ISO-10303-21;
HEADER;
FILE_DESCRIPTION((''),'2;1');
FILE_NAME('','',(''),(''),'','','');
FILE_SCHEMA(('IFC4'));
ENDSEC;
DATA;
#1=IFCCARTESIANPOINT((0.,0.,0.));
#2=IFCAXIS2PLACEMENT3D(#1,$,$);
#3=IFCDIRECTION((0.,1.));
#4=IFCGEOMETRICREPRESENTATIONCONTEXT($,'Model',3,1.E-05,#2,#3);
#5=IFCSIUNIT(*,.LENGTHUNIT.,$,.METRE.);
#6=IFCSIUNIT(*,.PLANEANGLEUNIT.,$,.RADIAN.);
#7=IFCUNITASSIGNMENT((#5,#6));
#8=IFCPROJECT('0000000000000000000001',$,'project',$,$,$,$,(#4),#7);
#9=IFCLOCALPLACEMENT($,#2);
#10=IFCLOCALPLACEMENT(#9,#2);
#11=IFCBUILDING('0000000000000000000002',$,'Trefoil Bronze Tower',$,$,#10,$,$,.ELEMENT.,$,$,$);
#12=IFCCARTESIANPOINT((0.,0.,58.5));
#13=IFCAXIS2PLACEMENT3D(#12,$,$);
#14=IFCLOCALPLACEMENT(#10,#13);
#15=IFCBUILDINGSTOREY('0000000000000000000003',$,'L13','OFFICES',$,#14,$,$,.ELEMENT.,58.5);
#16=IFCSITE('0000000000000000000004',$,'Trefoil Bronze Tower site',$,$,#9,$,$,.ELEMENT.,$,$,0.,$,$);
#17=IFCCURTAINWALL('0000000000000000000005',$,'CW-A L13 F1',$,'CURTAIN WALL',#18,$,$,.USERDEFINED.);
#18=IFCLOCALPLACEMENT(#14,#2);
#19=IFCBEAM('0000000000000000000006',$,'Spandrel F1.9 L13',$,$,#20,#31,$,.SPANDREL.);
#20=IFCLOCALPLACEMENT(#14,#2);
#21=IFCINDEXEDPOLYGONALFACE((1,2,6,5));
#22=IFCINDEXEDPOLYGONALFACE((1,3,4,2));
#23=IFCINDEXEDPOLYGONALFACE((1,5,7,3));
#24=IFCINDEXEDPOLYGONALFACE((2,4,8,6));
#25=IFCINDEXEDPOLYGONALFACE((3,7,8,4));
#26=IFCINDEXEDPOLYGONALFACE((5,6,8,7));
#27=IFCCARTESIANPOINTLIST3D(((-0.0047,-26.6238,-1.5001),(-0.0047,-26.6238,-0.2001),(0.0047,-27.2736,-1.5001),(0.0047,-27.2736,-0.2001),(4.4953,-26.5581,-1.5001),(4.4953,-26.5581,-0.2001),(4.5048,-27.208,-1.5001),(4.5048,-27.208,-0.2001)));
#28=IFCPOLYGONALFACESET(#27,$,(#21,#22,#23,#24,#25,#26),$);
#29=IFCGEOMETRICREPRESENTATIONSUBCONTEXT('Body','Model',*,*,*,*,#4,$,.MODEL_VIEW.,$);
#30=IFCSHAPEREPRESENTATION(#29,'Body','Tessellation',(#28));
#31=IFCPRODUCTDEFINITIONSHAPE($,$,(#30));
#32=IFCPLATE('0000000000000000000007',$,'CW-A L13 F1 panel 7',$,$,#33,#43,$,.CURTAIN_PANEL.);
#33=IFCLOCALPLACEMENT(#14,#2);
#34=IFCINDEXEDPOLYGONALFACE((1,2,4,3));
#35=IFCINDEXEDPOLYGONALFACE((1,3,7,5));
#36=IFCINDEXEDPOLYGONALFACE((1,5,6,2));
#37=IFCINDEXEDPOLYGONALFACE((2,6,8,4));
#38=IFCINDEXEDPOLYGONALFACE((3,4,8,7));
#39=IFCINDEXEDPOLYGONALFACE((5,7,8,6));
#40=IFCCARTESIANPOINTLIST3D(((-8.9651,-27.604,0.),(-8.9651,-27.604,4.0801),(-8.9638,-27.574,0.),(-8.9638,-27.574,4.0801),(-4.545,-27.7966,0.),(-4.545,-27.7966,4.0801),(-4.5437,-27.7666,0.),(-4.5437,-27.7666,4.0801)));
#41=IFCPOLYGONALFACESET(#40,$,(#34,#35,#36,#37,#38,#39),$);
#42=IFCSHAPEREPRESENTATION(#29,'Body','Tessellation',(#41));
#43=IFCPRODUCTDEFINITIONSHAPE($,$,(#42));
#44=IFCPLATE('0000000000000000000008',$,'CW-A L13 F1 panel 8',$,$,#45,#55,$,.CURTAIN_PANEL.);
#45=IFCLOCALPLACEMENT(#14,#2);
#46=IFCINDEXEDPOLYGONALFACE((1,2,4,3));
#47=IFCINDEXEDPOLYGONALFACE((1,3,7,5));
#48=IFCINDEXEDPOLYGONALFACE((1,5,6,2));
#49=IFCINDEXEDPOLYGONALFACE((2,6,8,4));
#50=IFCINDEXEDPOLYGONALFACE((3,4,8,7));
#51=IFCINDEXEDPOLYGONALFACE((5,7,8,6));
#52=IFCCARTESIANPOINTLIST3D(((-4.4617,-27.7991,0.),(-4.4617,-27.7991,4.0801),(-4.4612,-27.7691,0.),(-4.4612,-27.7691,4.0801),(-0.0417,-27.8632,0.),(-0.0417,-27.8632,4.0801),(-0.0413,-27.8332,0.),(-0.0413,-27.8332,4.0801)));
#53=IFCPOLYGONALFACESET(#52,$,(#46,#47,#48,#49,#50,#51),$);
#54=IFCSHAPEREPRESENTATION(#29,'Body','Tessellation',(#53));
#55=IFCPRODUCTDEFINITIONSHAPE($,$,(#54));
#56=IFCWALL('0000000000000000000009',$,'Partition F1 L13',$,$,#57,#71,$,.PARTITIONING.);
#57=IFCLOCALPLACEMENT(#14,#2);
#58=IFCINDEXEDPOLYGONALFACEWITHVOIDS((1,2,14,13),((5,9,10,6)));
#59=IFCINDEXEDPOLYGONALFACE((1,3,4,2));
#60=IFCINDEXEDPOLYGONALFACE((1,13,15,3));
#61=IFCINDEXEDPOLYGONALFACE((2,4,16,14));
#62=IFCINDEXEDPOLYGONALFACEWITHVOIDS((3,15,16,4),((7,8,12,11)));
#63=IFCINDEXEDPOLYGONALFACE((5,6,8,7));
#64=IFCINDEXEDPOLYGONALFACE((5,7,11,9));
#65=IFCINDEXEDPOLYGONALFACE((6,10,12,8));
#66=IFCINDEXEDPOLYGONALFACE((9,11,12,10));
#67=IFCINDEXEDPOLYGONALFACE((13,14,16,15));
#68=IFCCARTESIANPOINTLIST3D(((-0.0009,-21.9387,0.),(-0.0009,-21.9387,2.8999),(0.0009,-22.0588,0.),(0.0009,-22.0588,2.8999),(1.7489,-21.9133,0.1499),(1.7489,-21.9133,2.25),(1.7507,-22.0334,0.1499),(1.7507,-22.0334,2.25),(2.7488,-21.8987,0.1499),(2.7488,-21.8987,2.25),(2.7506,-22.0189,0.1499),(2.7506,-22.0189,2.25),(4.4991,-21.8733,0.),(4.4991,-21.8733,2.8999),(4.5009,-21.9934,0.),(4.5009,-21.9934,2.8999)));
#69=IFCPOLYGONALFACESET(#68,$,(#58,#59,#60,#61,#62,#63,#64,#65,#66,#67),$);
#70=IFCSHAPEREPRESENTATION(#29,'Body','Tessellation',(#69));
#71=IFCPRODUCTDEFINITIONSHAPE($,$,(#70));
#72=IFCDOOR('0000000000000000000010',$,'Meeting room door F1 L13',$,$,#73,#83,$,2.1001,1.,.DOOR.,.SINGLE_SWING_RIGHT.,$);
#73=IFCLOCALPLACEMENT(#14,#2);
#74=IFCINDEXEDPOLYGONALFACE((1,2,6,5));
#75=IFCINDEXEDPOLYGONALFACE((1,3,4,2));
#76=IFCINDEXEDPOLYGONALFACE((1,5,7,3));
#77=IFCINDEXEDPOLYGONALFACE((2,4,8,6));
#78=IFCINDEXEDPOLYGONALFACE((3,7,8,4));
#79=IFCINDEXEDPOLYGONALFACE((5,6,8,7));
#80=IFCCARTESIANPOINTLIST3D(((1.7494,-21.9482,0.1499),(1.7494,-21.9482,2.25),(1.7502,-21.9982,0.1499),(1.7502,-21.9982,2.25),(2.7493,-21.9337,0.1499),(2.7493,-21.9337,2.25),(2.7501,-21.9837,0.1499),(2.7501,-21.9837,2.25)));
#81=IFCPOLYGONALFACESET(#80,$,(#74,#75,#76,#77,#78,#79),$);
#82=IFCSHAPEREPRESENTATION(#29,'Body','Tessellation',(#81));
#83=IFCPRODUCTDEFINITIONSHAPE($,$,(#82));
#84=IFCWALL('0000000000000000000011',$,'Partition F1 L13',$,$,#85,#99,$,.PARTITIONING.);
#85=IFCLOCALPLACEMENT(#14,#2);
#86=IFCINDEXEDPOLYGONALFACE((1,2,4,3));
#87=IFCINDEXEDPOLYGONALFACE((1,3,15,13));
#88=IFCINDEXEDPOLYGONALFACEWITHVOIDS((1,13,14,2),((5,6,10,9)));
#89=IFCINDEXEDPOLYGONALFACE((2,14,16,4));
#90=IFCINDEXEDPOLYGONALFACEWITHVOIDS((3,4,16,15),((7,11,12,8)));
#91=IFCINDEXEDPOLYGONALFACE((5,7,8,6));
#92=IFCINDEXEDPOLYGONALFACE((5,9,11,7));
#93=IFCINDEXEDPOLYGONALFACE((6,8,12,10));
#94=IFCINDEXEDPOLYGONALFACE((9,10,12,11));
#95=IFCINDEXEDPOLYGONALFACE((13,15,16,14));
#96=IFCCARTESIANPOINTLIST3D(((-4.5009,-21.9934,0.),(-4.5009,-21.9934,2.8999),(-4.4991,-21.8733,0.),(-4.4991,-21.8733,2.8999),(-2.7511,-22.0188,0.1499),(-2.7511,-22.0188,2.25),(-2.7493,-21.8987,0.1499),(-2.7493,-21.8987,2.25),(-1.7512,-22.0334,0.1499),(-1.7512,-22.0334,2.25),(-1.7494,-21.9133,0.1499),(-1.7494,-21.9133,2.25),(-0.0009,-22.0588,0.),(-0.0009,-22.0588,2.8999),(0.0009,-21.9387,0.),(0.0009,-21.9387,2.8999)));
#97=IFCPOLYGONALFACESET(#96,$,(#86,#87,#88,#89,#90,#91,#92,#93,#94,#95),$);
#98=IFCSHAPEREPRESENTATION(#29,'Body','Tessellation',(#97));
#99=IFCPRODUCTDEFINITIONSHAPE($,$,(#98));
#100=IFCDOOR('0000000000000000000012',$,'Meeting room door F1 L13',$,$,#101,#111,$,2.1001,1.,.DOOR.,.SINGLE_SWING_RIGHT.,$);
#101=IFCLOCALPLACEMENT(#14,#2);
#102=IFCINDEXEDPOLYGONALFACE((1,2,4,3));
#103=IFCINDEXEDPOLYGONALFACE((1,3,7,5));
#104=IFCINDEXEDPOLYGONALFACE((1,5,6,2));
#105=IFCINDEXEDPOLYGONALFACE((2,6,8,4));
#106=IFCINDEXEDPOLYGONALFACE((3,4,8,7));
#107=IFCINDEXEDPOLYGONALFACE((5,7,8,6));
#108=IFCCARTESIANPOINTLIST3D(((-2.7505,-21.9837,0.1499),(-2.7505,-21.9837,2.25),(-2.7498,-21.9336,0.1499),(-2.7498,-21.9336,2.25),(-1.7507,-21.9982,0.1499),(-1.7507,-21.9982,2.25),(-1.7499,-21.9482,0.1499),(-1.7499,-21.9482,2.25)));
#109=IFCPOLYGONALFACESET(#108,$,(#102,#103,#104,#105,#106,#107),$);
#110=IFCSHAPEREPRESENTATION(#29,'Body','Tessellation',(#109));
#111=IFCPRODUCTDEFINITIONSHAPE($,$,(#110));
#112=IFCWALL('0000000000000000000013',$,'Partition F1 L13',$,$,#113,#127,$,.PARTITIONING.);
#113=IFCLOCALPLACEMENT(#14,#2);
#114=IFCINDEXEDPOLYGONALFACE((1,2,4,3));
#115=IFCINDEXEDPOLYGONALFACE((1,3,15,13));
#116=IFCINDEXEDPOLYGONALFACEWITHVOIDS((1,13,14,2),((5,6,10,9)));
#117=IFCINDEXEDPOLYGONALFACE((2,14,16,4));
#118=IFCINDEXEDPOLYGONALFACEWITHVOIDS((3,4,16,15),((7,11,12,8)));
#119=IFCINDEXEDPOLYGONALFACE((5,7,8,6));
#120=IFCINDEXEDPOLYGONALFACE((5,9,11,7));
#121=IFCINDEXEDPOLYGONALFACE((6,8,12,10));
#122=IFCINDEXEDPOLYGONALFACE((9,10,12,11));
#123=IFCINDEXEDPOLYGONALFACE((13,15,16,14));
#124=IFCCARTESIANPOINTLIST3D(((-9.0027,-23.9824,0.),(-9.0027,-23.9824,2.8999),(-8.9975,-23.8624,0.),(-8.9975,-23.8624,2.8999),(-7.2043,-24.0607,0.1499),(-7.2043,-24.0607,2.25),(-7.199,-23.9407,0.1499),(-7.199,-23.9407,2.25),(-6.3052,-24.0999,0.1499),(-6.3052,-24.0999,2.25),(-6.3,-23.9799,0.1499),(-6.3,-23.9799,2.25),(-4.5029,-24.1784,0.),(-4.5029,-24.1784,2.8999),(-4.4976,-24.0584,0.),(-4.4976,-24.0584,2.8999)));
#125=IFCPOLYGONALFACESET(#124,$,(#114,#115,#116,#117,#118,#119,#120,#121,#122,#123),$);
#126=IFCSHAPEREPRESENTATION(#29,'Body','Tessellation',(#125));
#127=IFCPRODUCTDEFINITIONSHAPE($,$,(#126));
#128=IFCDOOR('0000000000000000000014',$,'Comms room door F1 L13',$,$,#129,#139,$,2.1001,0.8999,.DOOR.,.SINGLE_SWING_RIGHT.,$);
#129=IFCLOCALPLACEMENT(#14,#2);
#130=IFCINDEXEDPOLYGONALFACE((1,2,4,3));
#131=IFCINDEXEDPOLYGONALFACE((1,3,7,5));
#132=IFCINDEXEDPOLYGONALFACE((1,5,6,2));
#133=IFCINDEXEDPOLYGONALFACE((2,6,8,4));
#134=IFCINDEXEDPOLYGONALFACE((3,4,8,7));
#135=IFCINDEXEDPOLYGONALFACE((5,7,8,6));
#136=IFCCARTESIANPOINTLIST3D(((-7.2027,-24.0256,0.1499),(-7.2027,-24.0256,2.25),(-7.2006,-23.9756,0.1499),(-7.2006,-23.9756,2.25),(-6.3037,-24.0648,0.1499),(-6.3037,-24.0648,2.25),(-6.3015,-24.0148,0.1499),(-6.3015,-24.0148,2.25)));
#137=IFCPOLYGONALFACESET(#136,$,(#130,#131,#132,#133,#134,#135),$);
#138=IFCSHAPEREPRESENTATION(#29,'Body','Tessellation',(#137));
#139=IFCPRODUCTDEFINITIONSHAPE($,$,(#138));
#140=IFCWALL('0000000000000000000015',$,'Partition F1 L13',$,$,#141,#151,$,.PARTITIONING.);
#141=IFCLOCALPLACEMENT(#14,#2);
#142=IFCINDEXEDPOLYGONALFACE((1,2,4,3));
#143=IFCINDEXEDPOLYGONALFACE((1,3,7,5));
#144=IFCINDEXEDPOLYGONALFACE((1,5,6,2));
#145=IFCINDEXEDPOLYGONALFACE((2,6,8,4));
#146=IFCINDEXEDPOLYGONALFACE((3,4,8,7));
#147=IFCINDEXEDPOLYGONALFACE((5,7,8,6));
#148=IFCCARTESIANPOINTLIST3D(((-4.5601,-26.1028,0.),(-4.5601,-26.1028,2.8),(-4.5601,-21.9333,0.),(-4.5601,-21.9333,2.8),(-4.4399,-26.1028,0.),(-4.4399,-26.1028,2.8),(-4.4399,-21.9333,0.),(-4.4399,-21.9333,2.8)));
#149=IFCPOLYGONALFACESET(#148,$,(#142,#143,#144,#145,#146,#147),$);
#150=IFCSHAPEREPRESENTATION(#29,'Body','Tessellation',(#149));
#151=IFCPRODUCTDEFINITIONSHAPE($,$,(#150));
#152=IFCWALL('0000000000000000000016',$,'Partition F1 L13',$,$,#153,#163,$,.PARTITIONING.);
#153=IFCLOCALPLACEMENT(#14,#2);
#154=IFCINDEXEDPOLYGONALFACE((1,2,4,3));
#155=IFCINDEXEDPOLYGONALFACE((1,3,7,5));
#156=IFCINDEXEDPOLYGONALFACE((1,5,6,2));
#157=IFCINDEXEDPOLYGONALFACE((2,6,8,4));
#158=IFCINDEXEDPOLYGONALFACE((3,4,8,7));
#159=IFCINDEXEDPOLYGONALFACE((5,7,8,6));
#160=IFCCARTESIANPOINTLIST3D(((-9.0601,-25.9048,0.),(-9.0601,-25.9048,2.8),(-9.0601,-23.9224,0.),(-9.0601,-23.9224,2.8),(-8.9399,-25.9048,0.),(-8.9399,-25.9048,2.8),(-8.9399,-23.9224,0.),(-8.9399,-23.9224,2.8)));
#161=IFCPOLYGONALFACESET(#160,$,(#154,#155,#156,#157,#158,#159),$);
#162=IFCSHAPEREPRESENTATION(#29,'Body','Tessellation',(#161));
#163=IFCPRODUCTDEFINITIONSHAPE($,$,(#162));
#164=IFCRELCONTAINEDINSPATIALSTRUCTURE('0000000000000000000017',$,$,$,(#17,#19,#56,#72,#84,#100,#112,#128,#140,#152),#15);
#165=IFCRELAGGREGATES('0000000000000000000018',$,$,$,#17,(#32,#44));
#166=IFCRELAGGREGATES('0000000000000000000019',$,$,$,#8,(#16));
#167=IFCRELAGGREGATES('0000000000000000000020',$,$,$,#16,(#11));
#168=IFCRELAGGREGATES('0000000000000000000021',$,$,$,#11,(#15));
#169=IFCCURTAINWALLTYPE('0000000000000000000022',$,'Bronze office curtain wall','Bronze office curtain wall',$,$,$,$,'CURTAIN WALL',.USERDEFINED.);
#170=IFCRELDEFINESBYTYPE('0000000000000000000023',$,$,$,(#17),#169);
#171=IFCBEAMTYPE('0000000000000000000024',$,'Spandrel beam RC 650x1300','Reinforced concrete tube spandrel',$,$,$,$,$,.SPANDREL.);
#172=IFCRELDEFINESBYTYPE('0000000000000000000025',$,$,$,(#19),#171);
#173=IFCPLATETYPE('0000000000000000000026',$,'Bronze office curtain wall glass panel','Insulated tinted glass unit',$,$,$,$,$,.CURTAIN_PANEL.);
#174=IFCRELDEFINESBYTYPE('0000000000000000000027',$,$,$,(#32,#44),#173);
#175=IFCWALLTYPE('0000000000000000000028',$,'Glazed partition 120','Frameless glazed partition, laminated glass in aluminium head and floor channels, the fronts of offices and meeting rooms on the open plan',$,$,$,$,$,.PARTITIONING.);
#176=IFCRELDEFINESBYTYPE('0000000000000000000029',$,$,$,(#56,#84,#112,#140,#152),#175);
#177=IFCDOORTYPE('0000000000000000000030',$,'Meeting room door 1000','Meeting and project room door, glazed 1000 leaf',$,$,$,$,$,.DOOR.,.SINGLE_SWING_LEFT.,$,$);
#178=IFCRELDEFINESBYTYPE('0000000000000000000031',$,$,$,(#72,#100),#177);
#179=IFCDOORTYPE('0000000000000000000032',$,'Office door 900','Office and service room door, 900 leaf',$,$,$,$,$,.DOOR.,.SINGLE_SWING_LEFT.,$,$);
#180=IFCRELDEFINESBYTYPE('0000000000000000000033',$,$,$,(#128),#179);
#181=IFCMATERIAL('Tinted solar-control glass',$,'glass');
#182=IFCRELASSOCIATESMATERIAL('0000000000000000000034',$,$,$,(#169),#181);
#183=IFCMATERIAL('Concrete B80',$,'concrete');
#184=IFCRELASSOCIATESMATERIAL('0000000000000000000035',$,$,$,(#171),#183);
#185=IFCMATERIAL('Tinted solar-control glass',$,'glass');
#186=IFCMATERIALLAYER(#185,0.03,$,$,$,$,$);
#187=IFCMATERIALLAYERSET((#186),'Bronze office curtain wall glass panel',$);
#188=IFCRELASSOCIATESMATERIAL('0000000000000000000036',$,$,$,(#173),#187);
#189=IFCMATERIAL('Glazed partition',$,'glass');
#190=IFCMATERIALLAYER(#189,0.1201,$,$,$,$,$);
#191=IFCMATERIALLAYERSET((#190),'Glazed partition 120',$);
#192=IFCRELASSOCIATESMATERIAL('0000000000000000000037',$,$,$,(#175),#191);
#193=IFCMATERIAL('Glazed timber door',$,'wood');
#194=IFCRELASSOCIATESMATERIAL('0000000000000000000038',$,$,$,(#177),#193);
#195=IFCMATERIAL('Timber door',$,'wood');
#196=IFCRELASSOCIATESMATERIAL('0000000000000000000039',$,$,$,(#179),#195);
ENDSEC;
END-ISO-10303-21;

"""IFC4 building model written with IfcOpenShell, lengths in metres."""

from ifc_helpers import new_model, si_unit, direction, frame, frame_2d, origin, origin_2d, place, context, subcontext, project, spatial, rectangle, extrude, material, layer, layer_set, material_profile, profile_set, type_object, element, fill, aggregate, save


model = new_model("IFC4")

# Units and contexts
model_context = context("Model", 3, precision=1e-05, world=origin(), true_north=direction((0.0, 1.0)))
body_context = subcontext(model_context, "Body", "Model", "MODEL_VIEW")
ifc_project = project(units=[si_unit("LENGTHUNIT", "METRE"), si_unit("PLANEANGLEUNIT", "RADIAN")], contexts=[model_context])

# Site, building, storey
site_placement = place(None, origin())
site = spatial("IfcSite", under=ifc_project, at=site_placement, Name="Trefoil Bronze Tower site", CompositionType="ELEMENT", RefElevation=0.0)
building_placement = place(site_placement, origin())
building = spatial("IfcBuilding", under=site, at=building_placement, Name="Trefoil Bronze Tower", CompositionType="ELEMENT")
storey_placement = place(building_placement, frame((0.0, 0.0, 58.5)))
storey = spatial("IfcBuildingStorey", under=building, at=storey_placement, Name="L13", Description="OFFICES", CompositionType="ELEMENT", Elevation=58.5)

# Curtain wall
ifc_material_1 = material(Name="Tinted solar-control glass", Category="glass")
curtain_wall_type = type_object("IfcCurtainWallType", Name="Bronze office curtain wall", Description="Bronze office curtain wall", ElementType="CURTAIN WALL", PredefinedType="USERDEFINED", material=ifc_material_1)
curtain_wall_placement = place(storey_placement, origin())
curtain_wall = element("IfcCurtainWall", 1, at=curtain_wall_placement, inside=storey, type_object=curtain_wall_type, Name="CW-A L13 F1", ObjectType="CURTAIN WALL", PredefinedType="USERDEFINED")

# Beam
ifc_material_2 = material(Name="Concrete B80", Category="concrete")
ifc_material_profile_1 = material_profile(ifc_material_2, rectangle(XDim=0.6499, YDim=1.3, at=origin_2d()), Name="RC 650x1300")
ifc_profile_set_1 = profile_set([ifc_material_profile_1], Name="Concrete B80")
beam_type_1 = type_object("IfcBeamType", Name="Spandrel beam RC 650x1300", Description="Reinforced concrete tube spandrel", PredefinedType="SPANDREL", material=ifc_profile_set_1)
for number, where, z_axis, x_axis, name in (
    (2, (0.0, -26.9487, -0.8501), (0.999894, 0.014593, 0.0), (-0.014593, 0.999894, 0.0), "Spandrel F1.9 L13"),
):
    element("IfcBeam", number, at=place(storey_placement, frame(where, z_axis=z_axis, x_axis=x_axis)), inside=storey, type_object=beam_type_1, Name=name, PredefinedType="SPANDREL", context=body_context, shape_type="SweptSolid", body=[
        extrude(rectangle(XDim=0.6499, YDim=1.3, at=origin_2d()), origin(), (0.0, 0.0, 1.0), 4.5005),
    ])

# Plates
ifc_material_3 = material(Name="Tinted solar-control glass", Category="glass")
ifc_layer_1 = layer(ifc_material_3, 0.03)
ifc_layer_set_1 = layer_set([ifc_layer_1], Name="Bronze office curtain wall glass panel")
plate_type = type_object("IfcPlateType", Name="Bronze office curtain wall glass panel", Description="Insulated tinted glass unit", PredefinedType="CURTAIN_PANEL", material=ifc_layer_set_1)
plate_1_placement = place(storey_placement, frame((-6.7544, -27.6853, 0.0), z_axis=(0.0, 0.0, 1.0), x_axis=(0.999052, -0.043528, 0.0)))
plate_1 = element("IfcPlate", 3, at=plate_1_placement, type_object=plate_type, Name="CW-A L13 F1 panel 7", PredefinedType="CURTAIN_PANEL", context=body_context, shape_type="SweptSolid", body=[
    extrude(rectangle(XDim=4.4243, YDim=0.03, at=origin_2d()), origin(), (0.0, 0.0, 1.0), 4.0801),
])
plate_2_placement = place(storey_placement, frame((-2.2515, -27.8162, 0.0), z_axis=(0.0, 0.0, 1.0), x_axis=(0.999895, -0.014509, 0.0)))
plate_2 = element("IfcPlate", 4, at=plate_2_placement, type_object=plate_type, Name="CW-A L13 F1 panel 8", PredefinedType="CURTAIN_PANEL", context=body_context, shape_type="SweptSolid", body=[
    extrude(rectangle(XDim=4.4204, YDim=0.03, at=origin_2d()), origin(), (0.0, 0.0, 1.0), 4.0801),
])
aggregate(curtain_wall, [plate_1, plate_2])

# Walls, openings, doors
ifc_material_4 = material(Name="Glazed partition", Category="glass")
ifc_layer_2 = layer(ifc_material_4, 0.1201)
ifc_layer_set_2 = layer_set([ifc_layer_2], Name="Glazed partition 120")
wall_type = type_object("IfcWallType", Name="Glazed partition 120", Description="Frameless glazed partition, laminated glass in aluminium head and floor channels, the fronts of offices and meeting rooms on the open plan", PredefinedType="PARTITIONING", material=ifc_layer_set_2)
wall_1_placement = place(storey_placement, frame((0.0, -21.9988, 0.0), z_axis=(0.0, 0.0, 1.0), x_axis=(0.999894, 0.014538, 0.0)))
wall_1 = element("IfcWall", 5, at=wall_1_placement, inside=storey, type_object=wall_type, Name="Partition F1 L13", PredefinedType="PARTITIONING", context=body_context, shape_type="SweptSolid", body=[
    extrude(rectangle(XDim=4.5005, YDim=0.1201, at=frame_2d((2.2502, 0.0))), origin(), (0.0, 0.0, 1.0), 2.8999),
])
opening_1_placement = place(wall_1_placement, frame((1.75, 0.0, 0.1499)))
opening_1 = element("IfcOpeningElement", 6, at=opening_1_placement, cuts=wall_1, PredefinedType="OPENING", context=body_context, shape_type="SweptSolid", body=[
    extrude(rectangle(XDim=1.0, YDim=2.1001, at=frame_2d((0.5, 1.05))), frame((0.0, 0.0701, 0.0), z_axis=(0.0, -1.0, 0.0), x_axis=(1.0, 0.0, 0.0)), (0.0, 0.0, 1.0), 0.1401),
])
ifc_material_5 = material(Name="Glazed timber door", Category="wood")
door_type_1 = type_object("IfcDoorType", Name="Meeting room door 1000", Description="Meeting and project room door, glazed 1000 leaf", OperationType="SINGLE_SWING_LEFT", PredefinedType="DOOR", material=ifc_material_5)
door_1_placement = place(opening_1_placement, frame((1.0, 0.0, 0.0), z_axis=(0.0, 0.0, 1.0), x_axis=(-1.0, 0.0, 0.0)))
door_1 = element("IfcDoor", 7, at=door_1_placement, inside=storey, type_object=door_type_1, Name="Meeting room door F1 L13", OperationType="SINGLE_SWING_RIGHT", OverallHeight=2.1001, OverallWidth=1.0, PredefinedType="DOOR", context=body_context, shape_type="SweptSolid", body=[
    extrude(rectangle(XDim=1.0, YDim=2.1001, at=frame_2d((0.5, 1.05))), frame((0.0, 0.0249, 0.0), z_axis=(0.0, -1.0, 0.0), x_axis=(1.0, 0.0, 0.0)), (0.0, 0.0, 1.0), 0.05),
])
fill(opening_1, door_1)
wall_2_placement = place(storey_placement, frame((-4.5, -21.9333, 0.0), z_axis=(0.0, 0.0, 1.0), x_axis=(0.999894, -0.014538, 0.0)))
wall_2 = element("IfcWall", 8, at=wall_2_placement, inside=storey, type_object=wall_type, Name="Partition F1 L13", PredefinedType="PARTITIONING", context=body_context, shape_type="SweptSolid", body=[
    extrude(rectangle(XDim=4.5005, YDim=0.1201, at=frame_2d((2.2502, 0.0))), origin(), (0.0, 0.0, 1.0), 2.8999),
])
opening_2_placement = place(wall_2_placement, frame((1.75, 0.0, 0.1499)))
opening_2 = element("IfcOpeningElement", 9, at=opening_2_placement, cuts=wall_2, PredefinedType="OPENING", context=body_context, shape_type="SweptSolid", body=[
    extrude(rectangle(XDim=1.0, YDim=2.1001, at=frame_2d((0.5, 1.05))), frame((0.0, 0.0701, 0.0), z_axis=(0.0, -1.0, 0.0), x_axis=(1.0, 0.0, 0.0)), (0.0, 0.0, 1.0), 0.1401),
])
door_2_placement = place(opening_2_placement, frame((1.0, 0.0, 0.0), z_axis=(0.0, 0.0, 1.0), x_axis=(-1.0, 0.0, 0.0)))
door_2 = element("IfcDoor", 10, at=door_2_placement, inside=storey, type_object=door_type_1, Name="Meeting room door F1 L13", OperationType="SINGLE_SWING_RIGHT", OverallHeight=2.1001, OverallWidth=1.0, PredefinedType="DOOR", context=body_context, shape_type="SweptSolid", body=[
    extrude(rectangle(XDim=1.0, YDim=2.1001, at=frame_2d((0.5, 1.05))), frame((0.0, 0.0249, 0.0), z_axis=(0.0, -1.0, 0.0), x_axis=(1.0, 0.0, 0.0)), (0.0, 0.0, 1.0), 0.05),
])
fill(opening_2, door_2)
wall_3_placement = place(storey_placement, frame((-9.0, -23.9224, 0.0), z_axis=(0.0, 0.0, 1.0), x_axis=(0.999052, -0.043524, 0.0)))
wall_3 = element("IfcWall", 11, at=wall_3_placement, inside=storey, type_object=wall_type, Name="Partition F1 L13", PredefinedType="PARTITIONING", context=body_context, shape_type="SweptSolid", body=[
    extrude(rectangle(XDim=4.5042, YDim=0.1201, at=frame_2d((2.252, 0.0))), origin(), (0.0, 0.0, 1.0), 2.8999),
])
opening_3_placement = place(wall_3_placement, frame((1.8, 0.0, 0.1499)))
opening_3 = element("IfcOpeningElement", 12, at=opening_3_placement, cuts=wall_3, PredefinedType="OPENING", context=body_context, shape_type="SweptSolid", body=[
    extrude(rectangle(XDim=0.8999, YDim=2.1001, at=frame_2d((0.45, 1.05))), frame((0.0, 0.0701, 0.0), z_axis=(0.0, -1.0, 0.0), x_axis=(1.0, 0.0, 0.0)), (0.0, 0.0, 1.0), 0.1401),
])
ifc_material_6 = material(Name="Timber door", Category="wood")
door_type_2 = type_object("IfcDoorType", Name="Office door 900", Description="Office and service room door, 900 leaf", OperationType="SINGLE_SWING_LEFT", PredefinedType="DOOR", material=ifc_material_6)
door_3_placement = place(opening_3_placement, frame((0.8999, 0.0, 0.0), z_axis=(0.0, 0.0, 1.0), x_axis=(-1.0, 0.0, 0.0)))
door_3 = element("IfcDoor", 13, at=door_3_placement, inside=storey, type_object=door_type_2, Name="Comms room door F1 L13", OperationType="SINGLE_SWING_RIGHT", OverallHeight=2.1001, OverallWidth=0.8999, PredefinedType="DOOR", context=body_context, shape_type="SweptSolid", body=[
    extrude(rectangle(XDim=0.8999, YDim=2.1001, at=frame_2d((0.45, 1.05))), frame((0.0, 0.0249, 0.0), z_axis=(0.0, -1.0, 0.0), x_axis=(1.0, 0.0, 0.0)), (0.0, 0.0, 1.0), 0.05),
])
fill(opening_3, door_3)

# Walls
wall_4_placement = place(storey_placement, frame((-4.5, -21.9333, 0.0), z_axis=(0.0, 0.0, 1.0), x_axis=(0.0, -1.0, 0.0)))
element("IfcWall", 14, at=wall_4_placement, inside=storey, type_object=wall_type, Name="Partition F1 L13", PredefinedType="PARTITIONING", context=body_context, shape_type="SweptSolid", body=[
    extrude(rectangle(XDim=4.1694, YDim=0.1201, at=frame_2d((2.0847, 0.0))), origin(), (0.0, 0.0, 1.0), 2.8),
])
wall_5_placement = place(storey_placement, frame((-9.0, -23.9224, 0.0), z_axis=(0.0, 0.0, 1.0), x_axis=(0.0, -1.0, 0.0)))
element("IfcWall", 15, at=wall_5_placement, inside=storey, type_object=wall_type, Name="Partition F1 L13", PredefinedType="PARTITIONING", context=body_context, shape_type="SweptSolid", body=[
    extrude(rectangle(XDim=1.9824, YDim=0.1201, at=frame_2d((0.9912, 0.0))), origin(), (0.0, 0.0, 1.0), 2.8),
])

save(model, "model.ifc")
